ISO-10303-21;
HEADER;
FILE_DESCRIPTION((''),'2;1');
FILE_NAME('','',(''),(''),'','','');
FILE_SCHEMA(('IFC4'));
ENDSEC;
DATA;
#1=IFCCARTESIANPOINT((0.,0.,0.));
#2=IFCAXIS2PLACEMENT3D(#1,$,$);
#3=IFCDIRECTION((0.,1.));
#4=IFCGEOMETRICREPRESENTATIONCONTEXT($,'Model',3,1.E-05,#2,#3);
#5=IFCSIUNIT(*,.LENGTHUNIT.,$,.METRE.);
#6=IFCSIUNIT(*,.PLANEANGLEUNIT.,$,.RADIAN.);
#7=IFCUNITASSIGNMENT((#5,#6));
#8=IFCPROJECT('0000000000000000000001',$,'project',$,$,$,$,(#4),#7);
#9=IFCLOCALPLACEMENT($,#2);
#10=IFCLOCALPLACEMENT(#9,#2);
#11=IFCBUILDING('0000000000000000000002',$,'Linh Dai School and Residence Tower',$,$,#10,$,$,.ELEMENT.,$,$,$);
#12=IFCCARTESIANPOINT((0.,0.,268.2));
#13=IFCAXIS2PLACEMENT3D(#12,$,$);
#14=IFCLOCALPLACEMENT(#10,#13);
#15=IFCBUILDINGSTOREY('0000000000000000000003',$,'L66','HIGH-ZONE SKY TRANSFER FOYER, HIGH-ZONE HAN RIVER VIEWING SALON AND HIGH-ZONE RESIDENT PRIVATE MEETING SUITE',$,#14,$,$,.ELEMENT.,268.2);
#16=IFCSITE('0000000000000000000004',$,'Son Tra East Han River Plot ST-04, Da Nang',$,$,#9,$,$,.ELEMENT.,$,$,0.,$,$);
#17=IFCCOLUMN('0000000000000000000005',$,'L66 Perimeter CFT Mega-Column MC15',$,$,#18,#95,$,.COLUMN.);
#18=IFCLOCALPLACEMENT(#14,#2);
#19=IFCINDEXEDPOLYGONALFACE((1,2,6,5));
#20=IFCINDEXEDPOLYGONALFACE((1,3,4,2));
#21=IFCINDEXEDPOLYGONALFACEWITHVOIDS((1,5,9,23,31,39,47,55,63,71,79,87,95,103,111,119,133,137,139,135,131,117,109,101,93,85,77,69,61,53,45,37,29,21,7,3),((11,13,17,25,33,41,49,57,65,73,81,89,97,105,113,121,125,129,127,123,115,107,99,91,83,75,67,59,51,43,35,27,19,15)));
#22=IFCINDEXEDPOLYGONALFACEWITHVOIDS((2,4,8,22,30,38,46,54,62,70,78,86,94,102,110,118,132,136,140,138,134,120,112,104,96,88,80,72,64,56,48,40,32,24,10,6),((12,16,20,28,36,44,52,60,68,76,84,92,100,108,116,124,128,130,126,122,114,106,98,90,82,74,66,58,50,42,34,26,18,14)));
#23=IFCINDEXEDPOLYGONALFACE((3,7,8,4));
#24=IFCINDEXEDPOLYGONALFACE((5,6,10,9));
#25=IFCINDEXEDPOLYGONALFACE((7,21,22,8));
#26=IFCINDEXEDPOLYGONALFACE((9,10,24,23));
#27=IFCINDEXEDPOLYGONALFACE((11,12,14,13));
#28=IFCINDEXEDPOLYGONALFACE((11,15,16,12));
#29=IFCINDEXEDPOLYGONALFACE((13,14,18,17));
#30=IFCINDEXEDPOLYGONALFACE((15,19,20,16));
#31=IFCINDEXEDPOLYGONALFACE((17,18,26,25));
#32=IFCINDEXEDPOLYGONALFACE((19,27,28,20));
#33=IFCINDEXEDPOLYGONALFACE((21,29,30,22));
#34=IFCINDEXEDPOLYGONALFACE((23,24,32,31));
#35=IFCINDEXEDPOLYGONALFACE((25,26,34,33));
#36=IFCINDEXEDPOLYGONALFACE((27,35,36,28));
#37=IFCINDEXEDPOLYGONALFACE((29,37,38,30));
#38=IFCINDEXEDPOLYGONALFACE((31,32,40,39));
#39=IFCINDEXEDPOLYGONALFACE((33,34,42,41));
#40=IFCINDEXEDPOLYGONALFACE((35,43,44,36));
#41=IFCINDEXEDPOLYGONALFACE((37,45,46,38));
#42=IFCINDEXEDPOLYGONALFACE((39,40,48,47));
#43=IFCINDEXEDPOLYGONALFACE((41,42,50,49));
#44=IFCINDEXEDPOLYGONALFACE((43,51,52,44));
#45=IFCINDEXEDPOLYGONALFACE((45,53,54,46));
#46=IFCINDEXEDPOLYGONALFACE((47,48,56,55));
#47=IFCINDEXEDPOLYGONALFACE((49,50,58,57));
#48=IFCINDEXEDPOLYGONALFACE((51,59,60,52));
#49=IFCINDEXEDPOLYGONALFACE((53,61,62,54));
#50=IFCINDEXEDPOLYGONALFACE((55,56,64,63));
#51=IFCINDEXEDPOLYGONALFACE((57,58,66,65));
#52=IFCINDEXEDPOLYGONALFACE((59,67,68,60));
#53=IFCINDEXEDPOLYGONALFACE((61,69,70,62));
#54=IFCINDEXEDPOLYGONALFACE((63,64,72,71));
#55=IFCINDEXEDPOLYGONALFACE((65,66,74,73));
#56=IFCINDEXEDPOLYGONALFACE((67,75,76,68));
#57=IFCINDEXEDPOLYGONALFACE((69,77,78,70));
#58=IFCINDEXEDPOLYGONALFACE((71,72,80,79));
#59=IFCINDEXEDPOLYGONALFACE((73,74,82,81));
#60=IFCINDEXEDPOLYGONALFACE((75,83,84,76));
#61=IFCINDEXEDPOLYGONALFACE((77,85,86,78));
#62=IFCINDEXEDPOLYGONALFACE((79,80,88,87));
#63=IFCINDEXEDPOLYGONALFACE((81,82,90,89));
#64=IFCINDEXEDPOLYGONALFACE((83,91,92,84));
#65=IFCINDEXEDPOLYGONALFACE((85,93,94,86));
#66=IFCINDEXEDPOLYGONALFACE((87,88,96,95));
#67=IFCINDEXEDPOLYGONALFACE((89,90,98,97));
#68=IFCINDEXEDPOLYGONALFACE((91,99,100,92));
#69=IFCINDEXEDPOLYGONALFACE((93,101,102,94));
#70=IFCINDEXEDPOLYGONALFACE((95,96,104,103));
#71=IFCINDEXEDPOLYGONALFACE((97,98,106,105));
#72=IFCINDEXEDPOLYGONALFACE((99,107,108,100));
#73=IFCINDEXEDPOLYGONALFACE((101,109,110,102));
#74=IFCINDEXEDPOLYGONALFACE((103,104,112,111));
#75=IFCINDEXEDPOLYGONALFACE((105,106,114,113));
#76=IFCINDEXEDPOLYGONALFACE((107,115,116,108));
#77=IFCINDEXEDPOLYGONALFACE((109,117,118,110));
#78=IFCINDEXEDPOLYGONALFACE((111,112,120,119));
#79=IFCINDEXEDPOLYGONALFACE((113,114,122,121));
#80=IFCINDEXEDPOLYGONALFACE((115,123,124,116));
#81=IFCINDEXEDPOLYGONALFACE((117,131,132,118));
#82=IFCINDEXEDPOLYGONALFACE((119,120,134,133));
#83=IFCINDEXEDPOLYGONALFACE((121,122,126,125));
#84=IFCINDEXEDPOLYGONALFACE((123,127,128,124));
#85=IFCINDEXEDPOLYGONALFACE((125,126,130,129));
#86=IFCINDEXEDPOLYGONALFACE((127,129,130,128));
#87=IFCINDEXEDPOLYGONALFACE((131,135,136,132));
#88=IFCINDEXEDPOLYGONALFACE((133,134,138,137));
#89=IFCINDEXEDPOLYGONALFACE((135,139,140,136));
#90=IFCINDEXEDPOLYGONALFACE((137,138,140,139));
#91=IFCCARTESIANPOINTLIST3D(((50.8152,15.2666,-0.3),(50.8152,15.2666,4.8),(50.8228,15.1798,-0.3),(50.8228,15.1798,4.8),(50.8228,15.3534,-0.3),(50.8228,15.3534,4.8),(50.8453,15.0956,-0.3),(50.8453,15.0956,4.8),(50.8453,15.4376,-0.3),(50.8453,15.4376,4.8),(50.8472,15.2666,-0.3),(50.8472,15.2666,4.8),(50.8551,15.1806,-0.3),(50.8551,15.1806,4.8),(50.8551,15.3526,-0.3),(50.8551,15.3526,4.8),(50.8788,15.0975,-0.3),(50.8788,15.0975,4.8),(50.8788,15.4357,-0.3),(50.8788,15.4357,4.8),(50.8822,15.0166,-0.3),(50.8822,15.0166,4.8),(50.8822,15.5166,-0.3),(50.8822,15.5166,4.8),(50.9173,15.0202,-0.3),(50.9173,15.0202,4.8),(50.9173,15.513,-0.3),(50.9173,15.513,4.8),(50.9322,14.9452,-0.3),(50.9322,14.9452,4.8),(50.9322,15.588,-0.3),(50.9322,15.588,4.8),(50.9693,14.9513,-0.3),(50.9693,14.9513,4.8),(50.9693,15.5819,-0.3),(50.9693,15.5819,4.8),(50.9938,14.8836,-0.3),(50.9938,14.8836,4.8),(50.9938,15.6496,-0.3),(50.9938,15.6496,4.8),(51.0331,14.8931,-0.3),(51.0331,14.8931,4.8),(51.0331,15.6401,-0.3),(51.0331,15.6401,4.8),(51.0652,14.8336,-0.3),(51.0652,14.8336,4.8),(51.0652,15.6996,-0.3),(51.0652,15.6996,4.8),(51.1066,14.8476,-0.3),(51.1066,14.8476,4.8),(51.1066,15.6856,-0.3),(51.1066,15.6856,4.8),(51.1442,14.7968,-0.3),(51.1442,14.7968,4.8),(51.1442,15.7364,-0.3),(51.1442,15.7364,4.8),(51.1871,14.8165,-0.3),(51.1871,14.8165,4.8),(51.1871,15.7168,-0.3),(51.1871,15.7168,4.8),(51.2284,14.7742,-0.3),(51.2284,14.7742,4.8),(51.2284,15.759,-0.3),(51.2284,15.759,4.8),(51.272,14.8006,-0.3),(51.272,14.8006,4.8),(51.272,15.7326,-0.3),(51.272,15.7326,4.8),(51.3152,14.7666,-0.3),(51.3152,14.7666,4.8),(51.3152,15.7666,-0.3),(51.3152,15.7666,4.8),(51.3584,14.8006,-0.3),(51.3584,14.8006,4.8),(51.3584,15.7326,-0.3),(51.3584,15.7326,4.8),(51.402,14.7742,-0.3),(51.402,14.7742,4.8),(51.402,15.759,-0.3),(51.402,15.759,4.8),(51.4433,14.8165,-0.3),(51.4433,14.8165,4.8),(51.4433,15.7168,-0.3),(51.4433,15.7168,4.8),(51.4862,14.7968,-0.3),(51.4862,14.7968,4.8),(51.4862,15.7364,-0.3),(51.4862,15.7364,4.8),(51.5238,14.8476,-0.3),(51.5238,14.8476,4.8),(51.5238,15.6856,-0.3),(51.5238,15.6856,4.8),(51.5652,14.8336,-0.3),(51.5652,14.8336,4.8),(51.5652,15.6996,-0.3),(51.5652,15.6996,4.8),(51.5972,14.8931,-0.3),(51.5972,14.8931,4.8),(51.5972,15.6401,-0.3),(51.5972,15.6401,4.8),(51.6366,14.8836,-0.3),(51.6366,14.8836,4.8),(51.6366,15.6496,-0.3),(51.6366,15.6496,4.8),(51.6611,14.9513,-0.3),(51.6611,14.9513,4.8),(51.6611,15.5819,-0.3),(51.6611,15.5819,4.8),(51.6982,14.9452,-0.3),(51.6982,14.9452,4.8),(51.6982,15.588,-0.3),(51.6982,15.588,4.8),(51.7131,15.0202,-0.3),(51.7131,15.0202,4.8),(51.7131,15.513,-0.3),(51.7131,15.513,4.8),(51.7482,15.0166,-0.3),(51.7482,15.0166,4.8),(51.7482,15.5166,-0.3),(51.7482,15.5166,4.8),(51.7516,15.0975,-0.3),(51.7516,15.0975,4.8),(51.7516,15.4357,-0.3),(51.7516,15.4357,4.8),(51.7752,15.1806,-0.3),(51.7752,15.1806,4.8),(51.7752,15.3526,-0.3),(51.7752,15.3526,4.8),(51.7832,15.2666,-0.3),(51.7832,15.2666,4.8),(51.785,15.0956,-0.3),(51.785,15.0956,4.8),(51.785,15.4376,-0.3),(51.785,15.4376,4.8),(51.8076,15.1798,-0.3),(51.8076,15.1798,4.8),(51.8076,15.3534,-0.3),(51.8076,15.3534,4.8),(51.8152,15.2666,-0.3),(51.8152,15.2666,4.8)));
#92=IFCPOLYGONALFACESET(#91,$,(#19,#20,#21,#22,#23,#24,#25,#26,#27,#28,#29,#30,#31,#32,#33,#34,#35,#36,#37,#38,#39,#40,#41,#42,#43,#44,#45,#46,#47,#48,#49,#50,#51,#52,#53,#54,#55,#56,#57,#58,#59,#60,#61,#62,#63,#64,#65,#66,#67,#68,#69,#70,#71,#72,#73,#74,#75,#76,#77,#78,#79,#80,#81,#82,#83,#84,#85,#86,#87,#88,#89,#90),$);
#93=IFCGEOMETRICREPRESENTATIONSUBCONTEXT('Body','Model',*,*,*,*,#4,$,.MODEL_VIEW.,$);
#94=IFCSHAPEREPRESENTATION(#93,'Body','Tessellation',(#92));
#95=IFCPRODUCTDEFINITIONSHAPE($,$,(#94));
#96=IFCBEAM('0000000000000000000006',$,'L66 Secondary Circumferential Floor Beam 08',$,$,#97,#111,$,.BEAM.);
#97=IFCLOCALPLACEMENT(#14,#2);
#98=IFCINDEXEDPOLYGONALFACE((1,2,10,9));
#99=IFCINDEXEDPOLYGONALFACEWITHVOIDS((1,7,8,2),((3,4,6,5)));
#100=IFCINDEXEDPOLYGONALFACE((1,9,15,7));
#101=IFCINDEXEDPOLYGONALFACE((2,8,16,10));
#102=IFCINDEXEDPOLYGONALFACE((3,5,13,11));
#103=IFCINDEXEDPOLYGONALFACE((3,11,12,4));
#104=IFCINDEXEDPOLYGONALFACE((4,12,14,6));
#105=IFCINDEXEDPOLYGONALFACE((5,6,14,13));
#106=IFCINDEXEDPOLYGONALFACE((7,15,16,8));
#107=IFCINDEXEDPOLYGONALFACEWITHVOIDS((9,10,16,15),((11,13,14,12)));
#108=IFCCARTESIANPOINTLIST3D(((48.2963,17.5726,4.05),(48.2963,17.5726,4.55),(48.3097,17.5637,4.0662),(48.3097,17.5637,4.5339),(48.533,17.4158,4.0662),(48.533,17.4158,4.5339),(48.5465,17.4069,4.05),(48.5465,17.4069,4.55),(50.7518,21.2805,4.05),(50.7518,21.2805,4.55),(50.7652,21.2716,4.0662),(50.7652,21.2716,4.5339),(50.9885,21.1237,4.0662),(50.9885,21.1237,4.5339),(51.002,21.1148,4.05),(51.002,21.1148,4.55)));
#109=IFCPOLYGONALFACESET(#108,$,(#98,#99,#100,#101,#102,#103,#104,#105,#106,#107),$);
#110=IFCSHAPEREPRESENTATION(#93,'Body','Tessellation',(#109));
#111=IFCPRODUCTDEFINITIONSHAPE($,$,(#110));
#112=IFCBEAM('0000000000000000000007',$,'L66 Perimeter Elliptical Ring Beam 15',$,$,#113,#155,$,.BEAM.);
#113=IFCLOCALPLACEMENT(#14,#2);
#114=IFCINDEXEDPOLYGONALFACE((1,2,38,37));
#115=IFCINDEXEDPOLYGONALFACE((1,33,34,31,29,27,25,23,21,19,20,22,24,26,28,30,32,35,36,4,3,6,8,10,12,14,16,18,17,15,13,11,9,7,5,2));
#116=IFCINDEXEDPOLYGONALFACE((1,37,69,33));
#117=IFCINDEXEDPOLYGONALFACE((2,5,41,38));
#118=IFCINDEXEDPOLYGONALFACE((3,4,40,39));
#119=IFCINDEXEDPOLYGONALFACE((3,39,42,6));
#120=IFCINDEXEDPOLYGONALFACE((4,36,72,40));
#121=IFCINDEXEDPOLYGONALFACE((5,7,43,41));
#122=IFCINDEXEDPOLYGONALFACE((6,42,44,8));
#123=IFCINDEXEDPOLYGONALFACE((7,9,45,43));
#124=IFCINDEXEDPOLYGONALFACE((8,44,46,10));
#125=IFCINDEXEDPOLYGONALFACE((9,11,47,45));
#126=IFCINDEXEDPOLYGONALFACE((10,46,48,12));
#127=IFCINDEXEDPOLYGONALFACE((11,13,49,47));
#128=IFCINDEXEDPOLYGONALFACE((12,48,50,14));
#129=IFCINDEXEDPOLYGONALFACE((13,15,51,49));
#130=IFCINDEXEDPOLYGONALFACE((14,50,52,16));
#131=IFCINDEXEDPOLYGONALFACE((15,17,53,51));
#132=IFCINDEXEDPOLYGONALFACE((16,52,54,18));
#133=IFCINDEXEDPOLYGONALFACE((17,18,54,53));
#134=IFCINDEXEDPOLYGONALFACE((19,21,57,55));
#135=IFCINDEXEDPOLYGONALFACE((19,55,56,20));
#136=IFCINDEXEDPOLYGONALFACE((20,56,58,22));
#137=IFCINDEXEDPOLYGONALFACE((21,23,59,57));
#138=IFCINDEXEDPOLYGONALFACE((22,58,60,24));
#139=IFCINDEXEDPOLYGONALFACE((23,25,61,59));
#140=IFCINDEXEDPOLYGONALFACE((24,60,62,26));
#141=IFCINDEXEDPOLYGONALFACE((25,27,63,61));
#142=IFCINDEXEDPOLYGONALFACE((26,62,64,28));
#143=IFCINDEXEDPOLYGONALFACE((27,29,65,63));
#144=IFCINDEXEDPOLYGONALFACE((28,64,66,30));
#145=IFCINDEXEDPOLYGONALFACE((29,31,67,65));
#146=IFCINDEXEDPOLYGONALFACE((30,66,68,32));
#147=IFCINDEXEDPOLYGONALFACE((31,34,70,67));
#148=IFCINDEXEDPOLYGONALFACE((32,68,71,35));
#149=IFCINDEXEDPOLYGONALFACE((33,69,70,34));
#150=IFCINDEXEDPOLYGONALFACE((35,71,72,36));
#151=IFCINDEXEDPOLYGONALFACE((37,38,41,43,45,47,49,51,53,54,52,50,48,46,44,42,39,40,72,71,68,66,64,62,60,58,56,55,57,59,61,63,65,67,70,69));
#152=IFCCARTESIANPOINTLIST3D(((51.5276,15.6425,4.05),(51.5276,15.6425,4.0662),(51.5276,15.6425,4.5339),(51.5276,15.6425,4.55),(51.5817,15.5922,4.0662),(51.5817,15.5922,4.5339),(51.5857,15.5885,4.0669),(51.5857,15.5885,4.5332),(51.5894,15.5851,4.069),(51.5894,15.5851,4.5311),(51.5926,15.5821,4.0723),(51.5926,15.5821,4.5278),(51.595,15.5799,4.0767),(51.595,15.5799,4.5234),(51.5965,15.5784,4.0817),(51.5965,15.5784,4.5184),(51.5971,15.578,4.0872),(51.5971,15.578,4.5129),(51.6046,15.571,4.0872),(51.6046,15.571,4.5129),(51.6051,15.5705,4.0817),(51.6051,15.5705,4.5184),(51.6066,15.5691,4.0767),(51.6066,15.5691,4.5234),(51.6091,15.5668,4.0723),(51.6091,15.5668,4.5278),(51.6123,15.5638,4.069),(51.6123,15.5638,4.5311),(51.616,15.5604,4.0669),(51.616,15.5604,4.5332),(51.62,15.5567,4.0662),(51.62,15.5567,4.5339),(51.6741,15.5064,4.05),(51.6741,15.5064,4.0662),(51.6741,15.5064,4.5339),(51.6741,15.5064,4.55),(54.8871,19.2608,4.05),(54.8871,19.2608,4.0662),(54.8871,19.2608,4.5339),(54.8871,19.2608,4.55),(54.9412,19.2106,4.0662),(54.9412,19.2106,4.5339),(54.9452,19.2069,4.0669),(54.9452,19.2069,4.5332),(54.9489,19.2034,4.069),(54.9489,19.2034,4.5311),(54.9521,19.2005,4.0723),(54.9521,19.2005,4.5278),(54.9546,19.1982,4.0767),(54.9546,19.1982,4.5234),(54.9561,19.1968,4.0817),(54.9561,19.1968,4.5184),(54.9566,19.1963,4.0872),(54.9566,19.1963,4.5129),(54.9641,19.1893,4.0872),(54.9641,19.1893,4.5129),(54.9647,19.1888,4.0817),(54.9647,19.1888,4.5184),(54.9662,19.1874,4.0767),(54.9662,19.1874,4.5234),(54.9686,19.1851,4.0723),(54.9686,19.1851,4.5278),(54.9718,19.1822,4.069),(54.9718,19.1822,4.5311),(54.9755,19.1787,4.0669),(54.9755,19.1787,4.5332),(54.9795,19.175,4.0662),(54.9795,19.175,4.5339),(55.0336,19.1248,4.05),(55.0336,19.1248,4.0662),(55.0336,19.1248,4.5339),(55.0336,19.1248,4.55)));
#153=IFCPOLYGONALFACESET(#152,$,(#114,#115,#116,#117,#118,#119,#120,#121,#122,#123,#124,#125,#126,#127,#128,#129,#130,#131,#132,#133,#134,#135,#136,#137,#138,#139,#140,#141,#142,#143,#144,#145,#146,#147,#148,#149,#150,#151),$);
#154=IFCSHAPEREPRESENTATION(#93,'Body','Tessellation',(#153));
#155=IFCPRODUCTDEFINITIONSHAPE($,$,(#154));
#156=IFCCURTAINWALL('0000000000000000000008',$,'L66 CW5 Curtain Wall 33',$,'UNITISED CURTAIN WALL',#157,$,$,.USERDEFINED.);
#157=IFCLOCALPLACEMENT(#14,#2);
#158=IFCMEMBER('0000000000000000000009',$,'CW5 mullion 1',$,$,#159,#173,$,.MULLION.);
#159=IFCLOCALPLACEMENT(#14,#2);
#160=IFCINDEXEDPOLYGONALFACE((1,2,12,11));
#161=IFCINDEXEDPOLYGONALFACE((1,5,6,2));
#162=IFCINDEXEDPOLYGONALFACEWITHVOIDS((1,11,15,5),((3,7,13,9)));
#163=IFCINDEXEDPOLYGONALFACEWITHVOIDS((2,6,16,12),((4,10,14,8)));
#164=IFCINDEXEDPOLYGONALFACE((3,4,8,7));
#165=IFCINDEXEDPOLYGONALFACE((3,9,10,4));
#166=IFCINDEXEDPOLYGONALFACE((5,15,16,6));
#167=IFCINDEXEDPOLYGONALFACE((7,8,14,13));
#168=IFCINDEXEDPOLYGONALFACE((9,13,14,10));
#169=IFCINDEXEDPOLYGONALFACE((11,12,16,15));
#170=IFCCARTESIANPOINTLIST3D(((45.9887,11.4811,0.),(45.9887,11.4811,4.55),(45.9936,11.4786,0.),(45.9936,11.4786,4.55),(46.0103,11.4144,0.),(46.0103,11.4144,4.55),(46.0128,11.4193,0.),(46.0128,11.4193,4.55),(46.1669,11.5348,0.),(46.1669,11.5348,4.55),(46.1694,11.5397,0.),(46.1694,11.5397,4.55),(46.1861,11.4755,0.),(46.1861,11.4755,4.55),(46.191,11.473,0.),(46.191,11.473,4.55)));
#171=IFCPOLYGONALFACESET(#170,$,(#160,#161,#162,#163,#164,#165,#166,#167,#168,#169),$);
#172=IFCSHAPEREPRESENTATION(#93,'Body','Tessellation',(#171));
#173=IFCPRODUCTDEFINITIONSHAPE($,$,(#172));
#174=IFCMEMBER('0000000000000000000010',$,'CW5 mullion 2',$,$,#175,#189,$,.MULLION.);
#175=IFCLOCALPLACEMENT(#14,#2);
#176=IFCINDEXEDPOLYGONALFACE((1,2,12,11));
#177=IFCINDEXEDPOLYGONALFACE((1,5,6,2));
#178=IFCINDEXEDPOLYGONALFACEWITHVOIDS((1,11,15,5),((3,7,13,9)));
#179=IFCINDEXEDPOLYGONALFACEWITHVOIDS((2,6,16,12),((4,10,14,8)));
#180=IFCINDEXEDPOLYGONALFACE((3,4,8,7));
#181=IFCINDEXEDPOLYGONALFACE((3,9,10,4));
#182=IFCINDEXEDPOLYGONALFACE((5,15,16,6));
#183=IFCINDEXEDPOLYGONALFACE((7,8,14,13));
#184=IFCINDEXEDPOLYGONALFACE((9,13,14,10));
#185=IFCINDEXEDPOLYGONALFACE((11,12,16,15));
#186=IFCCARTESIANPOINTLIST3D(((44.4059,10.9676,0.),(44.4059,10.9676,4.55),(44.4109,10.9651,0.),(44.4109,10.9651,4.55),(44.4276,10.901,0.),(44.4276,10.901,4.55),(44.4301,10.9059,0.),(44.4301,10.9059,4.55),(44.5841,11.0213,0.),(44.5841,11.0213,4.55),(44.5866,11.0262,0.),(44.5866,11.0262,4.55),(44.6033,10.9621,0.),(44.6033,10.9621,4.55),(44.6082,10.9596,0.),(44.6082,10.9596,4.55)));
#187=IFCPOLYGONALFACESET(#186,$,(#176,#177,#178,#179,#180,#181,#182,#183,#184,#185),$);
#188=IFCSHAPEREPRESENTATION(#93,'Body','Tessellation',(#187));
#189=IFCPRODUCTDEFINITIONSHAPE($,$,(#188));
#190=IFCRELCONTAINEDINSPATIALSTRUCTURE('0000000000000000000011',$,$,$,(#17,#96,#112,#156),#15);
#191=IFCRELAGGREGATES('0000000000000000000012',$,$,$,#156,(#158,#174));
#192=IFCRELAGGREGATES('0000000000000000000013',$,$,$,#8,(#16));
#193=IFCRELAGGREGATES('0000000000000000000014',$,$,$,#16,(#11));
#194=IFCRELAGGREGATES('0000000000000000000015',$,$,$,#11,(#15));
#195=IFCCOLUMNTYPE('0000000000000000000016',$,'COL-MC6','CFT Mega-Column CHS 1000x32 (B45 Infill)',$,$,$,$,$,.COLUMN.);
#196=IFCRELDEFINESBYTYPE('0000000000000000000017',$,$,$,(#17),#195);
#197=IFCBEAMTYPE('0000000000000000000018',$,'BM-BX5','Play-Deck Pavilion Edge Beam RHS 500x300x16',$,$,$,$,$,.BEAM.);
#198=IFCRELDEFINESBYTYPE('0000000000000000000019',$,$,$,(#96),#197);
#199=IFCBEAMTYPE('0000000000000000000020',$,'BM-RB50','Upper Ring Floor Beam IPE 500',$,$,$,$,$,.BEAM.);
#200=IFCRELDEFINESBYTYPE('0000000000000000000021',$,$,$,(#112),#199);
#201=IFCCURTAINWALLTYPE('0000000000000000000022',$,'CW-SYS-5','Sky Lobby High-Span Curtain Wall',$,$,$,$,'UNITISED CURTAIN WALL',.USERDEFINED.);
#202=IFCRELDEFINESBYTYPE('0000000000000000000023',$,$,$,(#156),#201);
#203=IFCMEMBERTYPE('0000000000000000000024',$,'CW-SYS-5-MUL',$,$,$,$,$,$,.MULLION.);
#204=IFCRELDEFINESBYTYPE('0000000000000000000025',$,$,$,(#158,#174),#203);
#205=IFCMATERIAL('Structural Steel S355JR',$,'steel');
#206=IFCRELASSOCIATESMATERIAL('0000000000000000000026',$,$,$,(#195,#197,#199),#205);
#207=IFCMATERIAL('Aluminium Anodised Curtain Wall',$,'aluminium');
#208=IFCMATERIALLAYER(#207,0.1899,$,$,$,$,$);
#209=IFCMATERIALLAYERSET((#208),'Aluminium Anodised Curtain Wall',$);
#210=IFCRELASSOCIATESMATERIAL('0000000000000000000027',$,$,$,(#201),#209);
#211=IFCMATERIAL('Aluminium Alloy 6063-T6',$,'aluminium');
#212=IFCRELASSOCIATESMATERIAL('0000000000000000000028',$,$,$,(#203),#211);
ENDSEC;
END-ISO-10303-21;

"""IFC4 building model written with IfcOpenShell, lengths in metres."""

from ifc_helpers import new_model, si_unit, direction, frame, origin, origin_2d, place, context, subcontext, project, spatial, hollow_rectangle, hollow_circle, i_section, extrude, source, transform, mapped, material, layer, layer_set, material_profile, profile_set, type_object, element, aggregate, save


model = new_model("IFC4")

# Units and contexts
model_context = context("Model", 3, precision=1e-05, world=origin(), true_north=direction((0.0, 1.0)))
body_context = subcontext(model_context, "Body", "Model", "MODEL_VIEW")
ifc_project = project(units=[si_unit("LENGTHUNIT", "METRE"), si_unit("PLANEANGLEUNIT", "RADIAN")], contexts=[model_context])

# Site, building, storey
site_placement = place(None, origin())
site = spatial("IfcSite", under=ifc_project, at=site_placement, Name="Son Tra East Han River Plot ST-04, Da Nang", CompositionType="ELEMENT", RefElevation=0.0)
building_placement = place(site_placement, origin())
building = spatial("IfcBuilding", under=site, at=building_placement, Name="Linh Dai School and Residence Tower", CompositionType="ELEMENT")
storey_placement = place(building_placement, frame((0.0, 0.0, 268.2)))
storey = spatial("IfcBuildingStorey", under=building, at=storey_placement, Name="L66", Description="HIGH-ZONE SKY TRANSFER FOYER, HIGH-ZONE HAN RIVER VIEWING SALON AND HIGH-ZONE RESIDENT PRIVATE MEETING SUITE", CompositionType="ELEMENT", Elevation=268.2)

# Column
ifc_material_1 = material(Name="Structural Steel S355JR", Category="steel")
ifc_material_profile_1 = material_profile(ifc_material_1, hollow_circle(Radius=0.5, WallThickness=0.032, at=origin_2d()), Name="CHS 1000x32")
ifc_profile_set_1 = profile_set([ifc_material_profile_1], Name="Structural Steel S355JR")
column_type = type_object("IfcColumnType", Name="COL-MC6", Description="CFT Mega-Column CHS 1000x32 (B45 Infill)", PredefinedType="COLUMN", material=ifc_profile_set_1)
column_placement = place(storey_placement, frame((51.3152, 15.2666, -0.3), z_axis=(0.0, 0.0, 1.0), x_axis=(1.0, 0.0, 0.0)))
element("IfcColumn", 1, at=column_placement, inside=storey, type_object=column_type, Name="L66 Perimeter CFT Mega-Column MC15", PredefinedType="COLUMN", context=body_context, shape_type="SweptSolid", body=[
    extrude(hollow_circle(Radius=0.5, WallThickness=0.032, at=origin_2d()), origin(), (0.0, 0.0, 1.0), 5.1001),
])

# Beams
ifc_material_profile_2 = material_profile(ifc_material_1, hollow_rectangle(XDim=0.3, YDim=0.5, WallThickness=0.0161, at=origin_2d()), Name="RHS 500x300x16")
ifc_profile_set_2 = profile_set([ifc_material_profile_2], Name="Structural Steel S355JR")
beam_type_1 = type_object("IfcBeamType", Name="BM-BX5", Description="Play-Deck Pavilion Edge Beam RHS 500x300x16", PredefinedType="BEAM", material=ifc_profile_set_2)
beam_1_placement = place(storey_placement, frame((48.4214, 17.4897, 4.3), z_axis=(0.552139, 0.833752, 0.0), x_axis=(-0.833752, 0.552139, 0.0)))
element("IfcBeam", 2, at=beam_1_placement, inside=storey, type_object=beam_type_1, Name="L66 Secondary Circumferential Floor Beam 08", PredefinedType="BEAM", context=body_context, shape_type="SweptSolid", body=[
    extrude(hollow_rectangle(XDim=0.3, YDim=0.5, WallThickness=0.0161, at=origin_2d()), origin(), (0.0, 0.0, 1.0), 4.4473),
])
ifc_material_profile_3 = material_profile(ifc_material_1, i_section(OverallWidth=0.2, OverallDepth=0.5, WebThickness=0.0103, FlangeThickness=0.0161, FilletRadius=0.021, at=origin_2d()), Name="IPE 500")
ifc_profile_set_3 = profile_set([ifc_material_profile_3], Name="Structural Steel S355JR")
beam_type_2 = type_object("IfcBeamType", Name="BM-RB50", Description="Upper Ring Floor Beam IPE 500", PredefinedType="BEAM", material=ifc_profile_set_3)
beam_2_placement = place(storey_placement, frame((51.6008, 15.5745, 4.3), z_axis=(0.680415, 0.732827, 0.0), x_axis=(-0.732827, 0.680415, 0.0)))
element("IfcBeam", 3, at=beam_2_placement, inside=storey, type_object=beam_type_2, Name="L66 Perimeter Elliptical Ring Beam 15", PredefinedType="BEAM", context=body_context, shape_type="SweptSolid", body=[
    extrude(i_section(OverallWidth=0.2, OverallDepth=0.5, WebThickness=0.0103, FlangeThickness=0.0161, FilletRadius=0.021, at=origin_2d()), origin(), (0.0, 0.0, 1.0), 4.9375),
])

# Curtain wall, members
ifc_material_2 = material(Name="Aluminium Anodised Curtain Wall", Category="aluminium")
ifc_layer_1 = layer(ifc_material_2, 0.1899)
ifc_layer_set_1 = layer_set([ifc_layer_1], Name="Aluminium Anodised Curtain Wall")
curtain_wall_type = type_object("IfcCurtainWallType", Name="CW-SYS-5", Description="Sky Lobby High-Span Curtain Wall", ElementType="UNITISED CURTAIN WALL", PredefinedType="USERDEFINED", material=ifc_layer_set_1)
curtain_wall_1_placement = place(storey_placement, origin())
curtain_wall_1 = element("IfcCurtainWall", 4, at=curtain_wall_1_placement, inside=storey, type_object=curtain_wall_type, Name="L66 CW5 Curtain Wall 33", ObjectType="UNITISED CURTAIN WALL", PredefinedType="USERDEFINED")
ifc_material_3 = material(Name="Aluminium Alloy 6063-T6", Category="aluminium")
ifc_material_profile_4 = material_profile(ifc_material_3, hollow_rectangle(XDim=0.0701, YDim=0.1899, WallThickness=0.0039, at=origin_2d()), Name="RHS 190x70x4")
ifc_profile_set_4 = profile_set([ifc_material_profile_4], Name="Aluminium Alloy 6063-T6")
member_type_1 = type_object("IfcMemberType", Name="CW-SYS-5-MUL", PredefinedType="MULLION", material=ifc_profile_set_4)
shared_shape_1 = source(origin(), body_context, "Body", "SweptSolid", [
    extrude(hollow_rectangle(XDim=0.0701, YDim=0.1899, WallThickness=0.0039, at=origin_2d()), origin(), (0.0, 0.0, 1.0), 4.55),
])
member_1_placement = place(storey_placement, frame((46.0898, 11.4771, 0.0), z_axis=(0.0, 0.0, 1.0), x_axis=(0.308519, -0.951218, 0.0)))
member_1 = element("IfcMember", 5, at=member_1_placement, type_object=member_type_1, Name="CW5 mullion 1", PredefinedType="MULLION", context=body_context, shape_type="MappedRepresentation", body=[
    mapped(shared_shape_1, transform((0.0, 0.0, 0.0), x_axis=(1.0, 0.0, 0.0), y_axis=(0.0, 1.0, 0.0), z_axis=(0.0, 0.0, 1.0), scale=1.0)),
])
member_2_placement = place(storey_placement, frame((44.5071, 10.9636, 0.0), z_axis=(0.0, 0.0, 1.0), x_axis=(0.308519, -0.951218, 0.0)))
member_2 = element("IfcMember", 6, at=member_2_placement, type_object=member_type_1, Name="CW5 mullion 2", PredefinedType="MULLION", context=body_context, shape_type="MappedRepresentation", body=[
    mapped(shared_shape_1, transform((0.0, 0.0, 0.0), x_axis=(1.0, 0.0, 0.0), y_axis=(0.0, 1.0, 0.0), z_axis=(0.0, 0.0, 1.0), scale=1.0)),
])

aggregate(curtain_wall_1, [member_1, member_2])

save(model, "model.ifc")
